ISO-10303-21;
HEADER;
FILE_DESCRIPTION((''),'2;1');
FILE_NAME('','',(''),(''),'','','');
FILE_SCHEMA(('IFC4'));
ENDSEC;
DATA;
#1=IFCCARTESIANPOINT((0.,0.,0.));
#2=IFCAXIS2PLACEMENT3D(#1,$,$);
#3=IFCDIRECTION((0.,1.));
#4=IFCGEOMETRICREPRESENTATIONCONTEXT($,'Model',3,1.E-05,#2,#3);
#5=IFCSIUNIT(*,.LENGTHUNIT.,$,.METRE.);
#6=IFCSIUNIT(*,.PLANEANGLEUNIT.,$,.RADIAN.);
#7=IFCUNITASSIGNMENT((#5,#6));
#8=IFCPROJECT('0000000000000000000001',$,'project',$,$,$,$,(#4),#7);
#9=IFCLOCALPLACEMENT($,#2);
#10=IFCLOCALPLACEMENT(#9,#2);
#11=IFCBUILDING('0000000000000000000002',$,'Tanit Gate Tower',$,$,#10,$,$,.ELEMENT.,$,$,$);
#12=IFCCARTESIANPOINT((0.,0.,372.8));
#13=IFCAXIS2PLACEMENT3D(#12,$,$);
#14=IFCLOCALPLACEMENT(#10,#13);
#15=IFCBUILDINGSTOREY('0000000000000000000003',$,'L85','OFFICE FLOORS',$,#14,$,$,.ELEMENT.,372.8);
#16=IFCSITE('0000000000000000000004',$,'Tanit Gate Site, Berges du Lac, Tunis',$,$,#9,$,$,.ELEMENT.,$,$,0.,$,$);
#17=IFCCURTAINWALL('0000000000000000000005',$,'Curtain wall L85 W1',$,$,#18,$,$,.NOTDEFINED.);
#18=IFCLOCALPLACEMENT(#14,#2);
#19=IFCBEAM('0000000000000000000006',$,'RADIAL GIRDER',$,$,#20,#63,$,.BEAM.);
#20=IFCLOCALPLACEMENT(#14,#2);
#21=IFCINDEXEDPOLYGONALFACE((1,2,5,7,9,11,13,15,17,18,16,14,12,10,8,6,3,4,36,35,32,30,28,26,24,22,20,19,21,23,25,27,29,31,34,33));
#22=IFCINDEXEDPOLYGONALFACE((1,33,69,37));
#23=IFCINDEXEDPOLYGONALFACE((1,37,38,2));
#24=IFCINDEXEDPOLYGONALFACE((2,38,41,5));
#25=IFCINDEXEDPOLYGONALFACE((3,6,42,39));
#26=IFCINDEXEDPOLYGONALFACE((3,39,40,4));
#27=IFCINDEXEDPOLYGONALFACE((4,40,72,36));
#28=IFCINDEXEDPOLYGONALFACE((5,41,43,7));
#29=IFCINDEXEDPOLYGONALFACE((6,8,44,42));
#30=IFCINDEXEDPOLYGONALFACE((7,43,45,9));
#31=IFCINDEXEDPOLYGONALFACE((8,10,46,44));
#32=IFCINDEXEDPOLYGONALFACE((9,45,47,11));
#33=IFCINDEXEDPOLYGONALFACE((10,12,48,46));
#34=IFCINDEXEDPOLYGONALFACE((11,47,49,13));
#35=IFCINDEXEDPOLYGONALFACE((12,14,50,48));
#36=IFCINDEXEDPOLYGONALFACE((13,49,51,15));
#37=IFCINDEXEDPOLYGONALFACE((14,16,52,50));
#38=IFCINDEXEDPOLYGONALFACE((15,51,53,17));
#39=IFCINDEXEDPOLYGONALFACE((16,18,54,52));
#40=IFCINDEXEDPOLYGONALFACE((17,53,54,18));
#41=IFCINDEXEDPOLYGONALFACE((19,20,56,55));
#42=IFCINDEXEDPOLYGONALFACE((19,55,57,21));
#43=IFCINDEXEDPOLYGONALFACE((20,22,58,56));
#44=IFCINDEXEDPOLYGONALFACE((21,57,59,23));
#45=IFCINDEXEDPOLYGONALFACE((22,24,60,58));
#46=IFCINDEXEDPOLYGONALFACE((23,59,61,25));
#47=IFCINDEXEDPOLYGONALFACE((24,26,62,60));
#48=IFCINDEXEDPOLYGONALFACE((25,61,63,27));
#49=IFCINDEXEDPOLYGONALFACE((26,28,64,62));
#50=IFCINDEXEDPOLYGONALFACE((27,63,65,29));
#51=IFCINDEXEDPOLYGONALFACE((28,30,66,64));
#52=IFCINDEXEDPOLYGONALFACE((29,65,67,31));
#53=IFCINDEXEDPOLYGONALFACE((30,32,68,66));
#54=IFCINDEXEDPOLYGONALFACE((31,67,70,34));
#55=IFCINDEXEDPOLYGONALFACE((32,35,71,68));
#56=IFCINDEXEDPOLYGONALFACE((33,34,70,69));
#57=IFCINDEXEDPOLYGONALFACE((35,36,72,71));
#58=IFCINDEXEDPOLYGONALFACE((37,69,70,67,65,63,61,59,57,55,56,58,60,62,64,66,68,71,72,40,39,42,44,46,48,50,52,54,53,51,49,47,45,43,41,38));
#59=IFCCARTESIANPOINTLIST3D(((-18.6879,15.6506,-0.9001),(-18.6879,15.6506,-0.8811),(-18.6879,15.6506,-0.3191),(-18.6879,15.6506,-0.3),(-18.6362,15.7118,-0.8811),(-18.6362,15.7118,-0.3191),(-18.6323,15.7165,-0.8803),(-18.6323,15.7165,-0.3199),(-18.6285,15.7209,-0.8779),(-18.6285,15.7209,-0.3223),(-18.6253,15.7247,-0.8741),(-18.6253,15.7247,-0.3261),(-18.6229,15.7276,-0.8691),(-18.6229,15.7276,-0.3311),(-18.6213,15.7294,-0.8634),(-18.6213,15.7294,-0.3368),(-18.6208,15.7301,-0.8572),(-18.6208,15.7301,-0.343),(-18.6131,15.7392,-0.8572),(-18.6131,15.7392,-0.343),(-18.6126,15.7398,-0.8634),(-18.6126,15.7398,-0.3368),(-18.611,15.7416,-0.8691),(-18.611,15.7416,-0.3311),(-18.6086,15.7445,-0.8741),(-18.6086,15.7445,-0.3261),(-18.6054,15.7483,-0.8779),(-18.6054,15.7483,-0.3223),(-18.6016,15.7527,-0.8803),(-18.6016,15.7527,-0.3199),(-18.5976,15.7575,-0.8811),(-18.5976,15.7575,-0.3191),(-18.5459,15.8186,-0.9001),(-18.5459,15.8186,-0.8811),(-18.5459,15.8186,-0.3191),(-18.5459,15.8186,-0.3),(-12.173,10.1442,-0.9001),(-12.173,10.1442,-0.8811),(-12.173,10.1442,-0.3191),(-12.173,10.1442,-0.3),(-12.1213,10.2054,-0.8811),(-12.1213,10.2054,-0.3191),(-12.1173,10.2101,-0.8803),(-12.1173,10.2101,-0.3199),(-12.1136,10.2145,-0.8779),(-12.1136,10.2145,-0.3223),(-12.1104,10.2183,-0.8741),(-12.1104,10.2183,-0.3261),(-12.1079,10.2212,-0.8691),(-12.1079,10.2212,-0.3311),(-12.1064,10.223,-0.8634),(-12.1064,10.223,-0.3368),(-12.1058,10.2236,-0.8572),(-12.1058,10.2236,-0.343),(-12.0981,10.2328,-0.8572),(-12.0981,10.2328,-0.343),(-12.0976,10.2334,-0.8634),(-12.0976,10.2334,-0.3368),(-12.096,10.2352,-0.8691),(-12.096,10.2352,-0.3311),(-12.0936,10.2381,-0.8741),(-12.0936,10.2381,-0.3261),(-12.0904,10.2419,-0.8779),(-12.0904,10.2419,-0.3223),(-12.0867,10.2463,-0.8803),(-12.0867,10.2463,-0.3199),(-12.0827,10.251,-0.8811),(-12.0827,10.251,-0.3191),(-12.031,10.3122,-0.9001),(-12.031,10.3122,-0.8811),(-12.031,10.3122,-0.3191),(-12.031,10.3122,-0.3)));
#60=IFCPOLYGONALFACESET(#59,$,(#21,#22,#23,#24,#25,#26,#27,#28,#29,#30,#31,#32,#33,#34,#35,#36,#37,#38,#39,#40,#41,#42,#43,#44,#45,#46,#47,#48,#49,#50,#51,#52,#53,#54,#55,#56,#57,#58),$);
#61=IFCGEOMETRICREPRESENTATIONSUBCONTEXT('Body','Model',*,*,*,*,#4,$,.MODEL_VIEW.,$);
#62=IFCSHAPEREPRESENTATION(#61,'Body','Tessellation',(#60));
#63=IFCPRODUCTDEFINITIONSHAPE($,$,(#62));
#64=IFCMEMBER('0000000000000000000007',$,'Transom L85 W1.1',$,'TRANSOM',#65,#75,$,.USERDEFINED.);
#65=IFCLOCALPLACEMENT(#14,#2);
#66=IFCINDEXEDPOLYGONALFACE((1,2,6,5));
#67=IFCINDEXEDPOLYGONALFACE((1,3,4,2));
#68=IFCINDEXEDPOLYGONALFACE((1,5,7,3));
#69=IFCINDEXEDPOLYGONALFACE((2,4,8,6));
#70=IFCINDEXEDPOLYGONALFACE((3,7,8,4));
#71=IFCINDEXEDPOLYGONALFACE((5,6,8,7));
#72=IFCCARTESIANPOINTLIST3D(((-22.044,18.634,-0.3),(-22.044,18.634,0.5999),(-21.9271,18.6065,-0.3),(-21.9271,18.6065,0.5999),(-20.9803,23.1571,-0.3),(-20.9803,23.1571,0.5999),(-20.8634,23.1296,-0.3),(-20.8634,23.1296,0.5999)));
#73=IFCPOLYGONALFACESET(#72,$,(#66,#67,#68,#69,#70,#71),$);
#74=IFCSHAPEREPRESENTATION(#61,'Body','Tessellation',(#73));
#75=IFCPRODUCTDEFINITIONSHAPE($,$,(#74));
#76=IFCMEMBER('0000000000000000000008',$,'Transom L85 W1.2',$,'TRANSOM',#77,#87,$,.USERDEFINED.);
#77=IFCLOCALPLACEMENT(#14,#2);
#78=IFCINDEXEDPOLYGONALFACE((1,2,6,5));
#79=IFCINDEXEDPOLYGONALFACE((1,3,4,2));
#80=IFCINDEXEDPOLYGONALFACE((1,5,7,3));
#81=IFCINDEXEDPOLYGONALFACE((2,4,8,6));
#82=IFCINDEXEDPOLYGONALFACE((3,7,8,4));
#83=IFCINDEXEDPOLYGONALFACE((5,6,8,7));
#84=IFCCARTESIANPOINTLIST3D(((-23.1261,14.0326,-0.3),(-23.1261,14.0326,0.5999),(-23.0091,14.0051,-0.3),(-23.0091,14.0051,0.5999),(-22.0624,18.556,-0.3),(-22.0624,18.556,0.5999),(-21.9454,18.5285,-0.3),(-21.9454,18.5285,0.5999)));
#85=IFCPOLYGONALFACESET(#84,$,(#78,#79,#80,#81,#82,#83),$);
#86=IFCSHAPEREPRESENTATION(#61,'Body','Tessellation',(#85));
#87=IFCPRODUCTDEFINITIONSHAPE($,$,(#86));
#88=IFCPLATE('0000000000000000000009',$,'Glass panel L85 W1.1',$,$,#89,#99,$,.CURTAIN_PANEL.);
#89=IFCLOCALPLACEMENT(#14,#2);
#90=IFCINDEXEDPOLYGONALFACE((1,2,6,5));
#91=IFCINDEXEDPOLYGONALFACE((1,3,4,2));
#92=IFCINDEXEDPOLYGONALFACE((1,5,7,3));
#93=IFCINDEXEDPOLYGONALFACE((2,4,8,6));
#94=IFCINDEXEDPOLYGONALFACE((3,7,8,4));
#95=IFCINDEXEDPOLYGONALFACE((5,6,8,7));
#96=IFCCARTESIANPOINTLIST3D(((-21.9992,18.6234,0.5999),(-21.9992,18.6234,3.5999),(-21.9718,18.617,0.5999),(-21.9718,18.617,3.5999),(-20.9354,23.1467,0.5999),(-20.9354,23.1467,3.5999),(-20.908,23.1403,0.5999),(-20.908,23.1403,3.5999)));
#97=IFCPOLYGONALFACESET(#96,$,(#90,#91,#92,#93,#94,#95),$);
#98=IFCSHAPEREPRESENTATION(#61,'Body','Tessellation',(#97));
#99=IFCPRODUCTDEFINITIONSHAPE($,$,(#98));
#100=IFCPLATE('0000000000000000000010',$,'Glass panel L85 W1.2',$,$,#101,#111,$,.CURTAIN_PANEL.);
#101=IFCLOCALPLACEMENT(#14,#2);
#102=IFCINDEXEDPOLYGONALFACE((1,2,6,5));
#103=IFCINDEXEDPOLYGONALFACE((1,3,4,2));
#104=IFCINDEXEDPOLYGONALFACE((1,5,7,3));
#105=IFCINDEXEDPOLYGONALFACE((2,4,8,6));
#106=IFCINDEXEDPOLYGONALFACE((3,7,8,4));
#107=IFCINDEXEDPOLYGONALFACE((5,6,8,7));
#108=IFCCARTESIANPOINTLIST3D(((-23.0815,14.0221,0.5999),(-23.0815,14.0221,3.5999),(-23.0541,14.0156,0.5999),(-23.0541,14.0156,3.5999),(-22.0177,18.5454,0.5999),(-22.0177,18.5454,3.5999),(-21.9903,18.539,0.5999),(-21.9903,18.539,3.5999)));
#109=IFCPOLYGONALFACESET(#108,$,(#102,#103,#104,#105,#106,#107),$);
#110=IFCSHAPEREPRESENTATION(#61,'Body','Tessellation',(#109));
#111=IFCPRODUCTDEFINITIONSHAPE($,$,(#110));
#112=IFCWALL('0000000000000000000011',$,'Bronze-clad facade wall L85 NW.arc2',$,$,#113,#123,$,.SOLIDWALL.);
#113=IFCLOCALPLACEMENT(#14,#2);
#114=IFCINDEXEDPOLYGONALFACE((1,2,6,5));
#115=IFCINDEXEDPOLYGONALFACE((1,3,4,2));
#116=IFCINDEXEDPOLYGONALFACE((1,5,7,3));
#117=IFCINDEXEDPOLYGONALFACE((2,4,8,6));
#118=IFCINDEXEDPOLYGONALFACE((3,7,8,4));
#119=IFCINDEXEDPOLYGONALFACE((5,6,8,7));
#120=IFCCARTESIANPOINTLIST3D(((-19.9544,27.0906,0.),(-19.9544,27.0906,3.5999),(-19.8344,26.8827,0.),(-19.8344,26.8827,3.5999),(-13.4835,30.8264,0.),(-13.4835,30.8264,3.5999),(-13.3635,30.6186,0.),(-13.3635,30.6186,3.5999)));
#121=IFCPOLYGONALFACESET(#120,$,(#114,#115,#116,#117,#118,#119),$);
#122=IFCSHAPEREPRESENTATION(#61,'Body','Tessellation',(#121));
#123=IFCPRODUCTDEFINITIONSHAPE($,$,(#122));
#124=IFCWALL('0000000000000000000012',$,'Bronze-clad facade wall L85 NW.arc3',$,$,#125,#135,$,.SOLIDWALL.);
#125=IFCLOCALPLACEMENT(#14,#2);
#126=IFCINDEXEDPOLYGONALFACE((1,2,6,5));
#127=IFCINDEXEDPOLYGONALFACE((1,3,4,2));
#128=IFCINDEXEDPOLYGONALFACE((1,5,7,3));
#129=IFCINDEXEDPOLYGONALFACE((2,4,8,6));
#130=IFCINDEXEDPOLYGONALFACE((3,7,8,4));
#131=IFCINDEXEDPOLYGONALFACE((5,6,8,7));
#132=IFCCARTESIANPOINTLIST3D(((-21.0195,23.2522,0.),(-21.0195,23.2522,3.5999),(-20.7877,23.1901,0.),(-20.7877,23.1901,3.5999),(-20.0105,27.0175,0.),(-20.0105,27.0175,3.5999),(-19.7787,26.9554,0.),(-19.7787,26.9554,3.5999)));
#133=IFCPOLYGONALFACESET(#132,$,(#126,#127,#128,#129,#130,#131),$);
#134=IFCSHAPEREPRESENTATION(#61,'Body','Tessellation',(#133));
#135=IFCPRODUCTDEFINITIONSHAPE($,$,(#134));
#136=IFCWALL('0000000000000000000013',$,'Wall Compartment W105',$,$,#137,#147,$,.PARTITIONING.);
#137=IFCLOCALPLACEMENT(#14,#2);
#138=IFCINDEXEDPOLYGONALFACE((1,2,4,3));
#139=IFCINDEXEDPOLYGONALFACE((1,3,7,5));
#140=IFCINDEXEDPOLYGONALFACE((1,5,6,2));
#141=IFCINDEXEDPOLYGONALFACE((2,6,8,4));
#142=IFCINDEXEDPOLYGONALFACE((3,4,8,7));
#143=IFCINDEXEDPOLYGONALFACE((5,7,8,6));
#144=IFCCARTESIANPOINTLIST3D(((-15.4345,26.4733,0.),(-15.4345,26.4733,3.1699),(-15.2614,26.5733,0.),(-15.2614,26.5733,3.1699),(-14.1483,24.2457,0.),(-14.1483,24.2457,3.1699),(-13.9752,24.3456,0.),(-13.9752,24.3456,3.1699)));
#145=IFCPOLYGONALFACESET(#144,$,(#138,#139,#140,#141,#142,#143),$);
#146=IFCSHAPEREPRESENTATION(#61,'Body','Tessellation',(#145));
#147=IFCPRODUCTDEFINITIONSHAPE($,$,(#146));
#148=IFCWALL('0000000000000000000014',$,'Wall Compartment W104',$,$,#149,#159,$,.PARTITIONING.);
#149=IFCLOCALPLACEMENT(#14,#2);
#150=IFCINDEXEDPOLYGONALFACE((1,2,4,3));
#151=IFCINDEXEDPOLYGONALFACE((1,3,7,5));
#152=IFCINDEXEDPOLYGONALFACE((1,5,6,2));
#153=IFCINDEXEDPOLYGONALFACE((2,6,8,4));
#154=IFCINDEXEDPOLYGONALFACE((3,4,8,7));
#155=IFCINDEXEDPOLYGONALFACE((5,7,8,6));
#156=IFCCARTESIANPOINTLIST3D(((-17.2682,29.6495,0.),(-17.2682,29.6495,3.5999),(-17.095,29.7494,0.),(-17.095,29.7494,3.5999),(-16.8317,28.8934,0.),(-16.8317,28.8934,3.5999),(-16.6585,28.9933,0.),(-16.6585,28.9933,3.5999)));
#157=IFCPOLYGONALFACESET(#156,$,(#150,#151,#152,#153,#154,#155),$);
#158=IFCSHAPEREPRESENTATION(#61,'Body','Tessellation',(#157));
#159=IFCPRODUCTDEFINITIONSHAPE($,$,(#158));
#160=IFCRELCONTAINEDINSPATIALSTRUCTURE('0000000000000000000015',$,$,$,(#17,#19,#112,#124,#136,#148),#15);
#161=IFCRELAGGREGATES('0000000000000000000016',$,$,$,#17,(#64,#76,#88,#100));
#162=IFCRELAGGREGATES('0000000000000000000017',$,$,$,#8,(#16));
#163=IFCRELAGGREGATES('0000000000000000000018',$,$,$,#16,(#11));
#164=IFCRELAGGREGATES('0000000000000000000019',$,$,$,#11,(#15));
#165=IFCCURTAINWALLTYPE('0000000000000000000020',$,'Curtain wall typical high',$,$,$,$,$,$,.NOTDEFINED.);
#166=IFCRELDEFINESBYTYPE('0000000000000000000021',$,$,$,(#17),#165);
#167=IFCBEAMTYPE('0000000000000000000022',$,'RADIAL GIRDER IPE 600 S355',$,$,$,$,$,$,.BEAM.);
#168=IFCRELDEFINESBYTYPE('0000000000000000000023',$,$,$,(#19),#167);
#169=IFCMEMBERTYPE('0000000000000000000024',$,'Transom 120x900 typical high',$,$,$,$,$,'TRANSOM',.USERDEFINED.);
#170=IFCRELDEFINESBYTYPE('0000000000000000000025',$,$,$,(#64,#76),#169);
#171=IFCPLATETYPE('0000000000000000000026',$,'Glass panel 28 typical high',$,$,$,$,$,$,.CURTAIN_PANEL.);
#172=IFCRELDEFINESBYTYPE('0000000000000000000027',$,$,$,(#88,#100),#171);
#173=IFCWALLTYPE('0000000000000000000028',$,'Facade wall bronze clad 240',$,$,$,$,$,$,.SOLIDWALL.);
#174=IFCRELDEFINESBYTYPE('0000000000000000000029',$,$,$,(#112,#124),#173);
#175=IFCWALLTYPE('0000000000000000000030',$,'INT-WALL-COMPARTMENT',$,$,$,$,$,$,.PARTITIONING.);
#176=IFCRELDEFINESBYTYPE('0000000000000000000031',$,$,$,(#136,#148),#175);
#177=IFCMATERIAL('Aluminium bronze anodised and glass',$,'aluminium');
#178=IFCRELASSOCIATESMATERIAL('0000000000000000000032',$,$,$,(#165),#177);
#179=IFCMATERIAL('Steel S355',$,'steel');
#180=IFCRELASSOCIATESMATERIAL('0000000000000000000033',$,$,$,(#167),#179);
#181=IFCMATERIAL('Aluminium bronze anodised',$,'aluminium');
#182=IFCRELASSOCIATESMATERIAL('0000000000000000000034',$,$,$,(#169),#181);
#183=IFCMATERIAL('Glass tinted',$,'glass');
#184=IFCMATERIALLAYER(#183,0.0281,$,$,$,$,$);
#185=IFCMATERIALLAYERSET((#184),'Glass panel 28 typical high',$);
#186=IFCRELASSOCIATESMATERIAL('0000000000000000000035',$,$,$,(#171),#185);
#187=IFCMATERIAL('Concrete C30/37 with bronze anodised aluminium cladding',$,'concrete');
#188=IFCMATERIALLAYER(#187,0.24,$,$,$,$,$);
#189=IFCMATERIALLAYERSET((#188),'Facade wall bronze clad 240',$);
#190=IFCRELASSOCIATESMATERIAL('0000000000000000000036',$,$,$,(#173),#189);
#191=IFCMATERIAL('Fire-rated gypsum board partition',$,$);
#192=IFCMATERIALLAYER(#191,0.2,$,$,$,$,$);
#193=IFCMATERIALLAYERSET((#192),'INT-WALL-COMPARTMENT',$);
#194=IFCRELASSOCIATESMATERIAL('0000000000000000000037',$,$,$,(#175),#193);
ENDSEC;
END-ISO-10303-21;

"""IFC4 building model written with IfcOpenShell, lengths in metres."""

from ifc_helpers import new_model, si_unit, direction, frame, frame_2d, origin, origin_2d, place, context, subcontext, project, spatial, rectangle, i_section, extrude, material, layer, layer_set, material_profile, profile_set, type_object, element, aggregate, save


model = new_model("IFC4")

# Units and contexts
model_context = context("Model", 3, precision=1e-05, world=origin(), true_north=direction((0.0, 1.0)))
body_context = subcontext(model_context, "Body", "Model", "MODEL_VIEW")
ifc_project = project(units=[si_unit("LENGTHUNIT", "METRE"), si_unit("PLANEANGLEUNIT", "RADIAN")], contexts=[model_context])

# Site, building, storey
site_placement = place(None, origin())
site = spatial("IfcSite", under=ifc_project, at=site_placement, Name="Tanit Gate Site, Berges du Lac, Tunis", CompositionType="ELEMENT", RefElevation=0.0)
building_placement = place(site_placement, origin())
building = spatial("IfcBuilding", under=site, at=building_placement, Name="Tanit Gate Tower", CompositionType="ELEMENT")
storey_placement = place(building_placement, frame((0.0, 0.0, 372.8)))
storey = spatial("IfcBuildingStorey", under=building, at=storey_placement, Name="L85", Description="OFFICE FLOORS", CompositionType="ELEMENT", Elevation=372.8)

# Curtain wall
ifc_material_1 = material(Name="Aluminium bronze anodised and glass", Category="aluminium")
curtain_wall_type = type_object("IfcCurtainWallType", Name="Curtain wall typical high", PredefinedType="NOTDEFINED", material=ifc_material_1)
curtain_wall_placement = place(storey_placement, origin())
curtain_wall = element("IfcCurtainWall", 1, at=curtain_wall_placement, inside=storey, type_object=curtain_wall_type, Name="Curtain wall L85 W1", PredefinedType="NOTDEFINED")

# Beam
ifc_material_2 = material(Name="Steel S355", Category="steel")
ifc_material_profile_1 = material_profile(ifc_material_2, i_section(OverallWidth=0.22, OverallDepth=0.6001, WebThickness=0.012, FlangeThickness=0.019, FilletRadius=0.0239, at=origin_2d()), Name="IPE 600")
ifc_profile_set_1 = profile_set([ifc_material_profile_1], Name="Steel S355")
beam_type_1 = type_object("IfcBeamType", Name="RADIAL GIRDER IPE 600 S355", PredefinedType="BEAM", material=ifc_profile_set_1)
beam_1_placement = place(storey_placement, frame((-18.6169, 15.7346, -0.6001), z_axis=(0.763748, -0.645515, 0.0), x_axis=(0.645515, 0.763748, 0.0)))
element("IfcBeam", 2, at=beam_1_placement, inside=storey, type_object=beam_type_1, Name="RADIAL GIRDER", PredefinedType="BEAM", context=body_context, shape_type="SweptSolid", body=[
    extrude(i_section(OverallWidth=0.22, OverallDepth=0.6001, WebThickness=0.012, FlangeThickness=0.019, FilletRadius=0.0239, at=origin_2d()), origin(), (0.0, 0.0, 1.0), 8.5303),
])

# Members
ifc_material_3 = material(Name="Aluminium bronze anodised", Category="aluminium")
ifc_material_profile_2 = material_profile(ifc_material_3, rectangle(XDim=0.1201, YDim=0.8999, at=origin_2d()), Name="120x900 bronze transom")
ifc_profile_set_2 = profile_set([ifc_material_profile_2], Name="Aluminium bronze anodised")
member_type_1 = type_object("IfcMemberType", Name="Transom 120x900 typical high", ElementType="TRANSOM", PredefinedType="USERDEFINED", material=ifc_profile_set_2)
member_1_placement = place(storey_placement, frame((-20.9219, 23.1433, 0.1499), z_axis=(-0.228925, -0.973444, 0.0), x_axis=(0.973444, -0.228925, 0.0)))
member_1 = element("IfcMember", 3, at=member_1_placement, type_object=member_type_1, Name="Transom L85 W1.1", ObjectType="TRANSOM", PredefinedType="USERDEFINED", context=body_context, shape_type="SweptSolid", body=[
    extrude(rectangle(XDim=0.1201, YDim=0.8999, at=origin_2d()), origin(), (0.0, 0.0, 1.0), 4.6465),
])
member_2_placement = place(storey_placement, frame((-22.0039, 18.5422, 0.1499), z_axis=(-0.228913, -0.973447, 0.0), x_axis=(0.973447, -0.228913, 0.0)))
member_2 = element("IfcMember", 4, at=member_2_placement, type_object=member_type_1, Name="Transom L85 W1.2", ObjectType="TRANSOM", PredefinedType="USERDEFINED", context=body_context, shape_type="SweptSolid", body=[
    extrude(rectangle(XDim=0.1201, YDim=0.8999, at=origin_2d()), origin(), (0.0, 0.0, 1.0), 4.6467),
])

# Plates
ifc_material_4 = material(Name="Glass tinted", Category="glass")
ifc_layer_1 = layer(ifc_material_4, 0.0281)
ifc_layer_set_1 = layer_set([ifc_layer_1], Name="Glass panel 28 typical high")
plate_type = type_object("IfcPlateType", Name="Glass panel 28 typical high", PredefinedType="CURTAIN_PANEL", material=ifc_layer_set_1)
plate_1_placement = place(storey_placement, frame((-21.4536, 20.8818, 0.5999), z_axis=(0.0, 0.0, 1.0), x_axis=(-0.228936, -0.973441, 0.0)))
plate_1 = element("IfcPlate", 5, at=plate_1_placement, type_object=plate_type, Name="Glass panel L85 W1.1", PredefinedType="CURTAIN_PANEL", context=body_context, shape_type="SweptSolid", body=[
    extrude(rectangle(XDim=4.6467, YDim=0.0281, at=origin_2d()), origin(), (0.0, 0.0, 1.0), 3.0),
])
plate_2_placement = place(storey_placement, frame((-22.5359, 16.2805, 0.5999), z_axis=(0.0, 0.0, 1.0), x_axis=(-0.228936, -0.973441, 0.0)))
plate_2 = element("IfcPlate", 6, at=plate_2_placement, type_object=plate_type, Name="Glass panel L85 W1.2", PredefinedType="CURTAIN_PANEL", context=body_context, shape_type="SweptSolid", body=[
    extrude(rectangle(XDim=4.6467, YDim=0.0281, at=origin_2d()), origin(), (0.0, 0.0, 1.0), 3.0),
])
aggregate(curtain_wall, [member_1, member_2, plate_1, plate_2])

# Walls
ifc_material_5 = material(Name="Concrete C30/37 with bronze anodised aluminium cladding", Category="concrete")
ifc_layer_2 = layer(ifc_material_5, 0.24)
ifc_layer_set_2 = layer_set([ifc_layer_2], Name="Facade wall bronze clad 240")
wall_type_1 = type_object("IfcWallType", Name="Facade wall bronze clad 240", PredefinedType="SOLIDWALL", material=ifc_layer_set_2)
wall_1_placement = place(storey_placement, frame((-13.4236, 30.7224, 0.0), z_axis=(0.0, 0.0, 1.0), x_axis=(-0.866035, -0.499984, 0.0)))
element("IfcWall", 7, at=wall_1_placement, inside=storey, type_object=wall_type_1, Name="Bronze-clad facade wall L85 NW.arc2", PredefinedType="SOLIDWALL", context=body_context, shape_type="SweptSolid", body=[
    extrude(rectangle(XDim=7.4719, YDim=0.24, at=frame_2d((3.7358, 0.0))), origin(), (0.0, 0.0, 1.0), 3.5999),
])
wall_2_placement = place(storey_placement, frame((-19.8945, 26.9866, 0.0), z_axis=(0.0, 0.0, 1.0), x_axis=(-0.258844, -0.965919, 0.0)))
element("IfcWall", 8, at=wall_2_placement, inside=storey, type_object=wall_type_1, Name="Bronze-clad facade wall L85 NW.arc3", PredefinedType="SOLIDWALL", context=body_context, shape_type="SweptSolid", body=[
    extrude(rectangle(XDim=3.8982, YDim=0.24, at=frame_2d((1.9492, 0.0))), origin(), (0.0, 0.0, 1.0), 3.5999),
])
ifc_material_6 = material(Name="Fire-rated gypsum board partition")
ifc_layer_3 = layer(ifc_material_6, 0.2)
ifc_layer_set_3 = layer_set([ifc_layer_3], Name="INT-WALL-COMPARTMENT")
wall_type_2 = type_object("IfcWallType", Name="INT-WALL-COMPARTMENT", PredefinedType="PARTITIONING", material=ifc_layer_set_3)
wall_3_placement = place(storey_placement, frame((-14.0618, 24.2957, 0.0), z_axis=(0.0, 0.0, 1.0), x_axis=(-0.500018, 0.866015, 0.0)))
element("IfcWall", 9, at=wall_3_placement, inside=storey, type_object=wall_type_2, Name="Wall Compartment W105", PredefinedType="PARTITIONING", context=body_context, shape_type="SweptSolid", body=[
    extrude(rectangle(XDim=2.5723, YDim=0.2, at=frame_2d((1.2861, 0.0))), origin(), (0.0, 0.0, 1.0), 3.1699),
])
wall_4_placement = place(storey_placement, frame((-16.7451, 28.9434, 0.0), z_axis=(0.0, 0.0, 1.0), x_axis=(-0.499989, 0.866032, 0.0)))
element("IfcWall", 10, at=wall_4_placement, inside=storey, type_object=wall_type_2, Name="Wall Compartment W104", PredefinedType="PARTITIONING", context=body_context, shape_type="SweptSolid", body=[
    extrude(rectangle(XDim=0.873, YDim=0.2, at=frame_2d((0.4365, 0.0))), origin(), (0.0, 0.0, 1.0), 3.5999),
])

save(model, "model.ifc")
